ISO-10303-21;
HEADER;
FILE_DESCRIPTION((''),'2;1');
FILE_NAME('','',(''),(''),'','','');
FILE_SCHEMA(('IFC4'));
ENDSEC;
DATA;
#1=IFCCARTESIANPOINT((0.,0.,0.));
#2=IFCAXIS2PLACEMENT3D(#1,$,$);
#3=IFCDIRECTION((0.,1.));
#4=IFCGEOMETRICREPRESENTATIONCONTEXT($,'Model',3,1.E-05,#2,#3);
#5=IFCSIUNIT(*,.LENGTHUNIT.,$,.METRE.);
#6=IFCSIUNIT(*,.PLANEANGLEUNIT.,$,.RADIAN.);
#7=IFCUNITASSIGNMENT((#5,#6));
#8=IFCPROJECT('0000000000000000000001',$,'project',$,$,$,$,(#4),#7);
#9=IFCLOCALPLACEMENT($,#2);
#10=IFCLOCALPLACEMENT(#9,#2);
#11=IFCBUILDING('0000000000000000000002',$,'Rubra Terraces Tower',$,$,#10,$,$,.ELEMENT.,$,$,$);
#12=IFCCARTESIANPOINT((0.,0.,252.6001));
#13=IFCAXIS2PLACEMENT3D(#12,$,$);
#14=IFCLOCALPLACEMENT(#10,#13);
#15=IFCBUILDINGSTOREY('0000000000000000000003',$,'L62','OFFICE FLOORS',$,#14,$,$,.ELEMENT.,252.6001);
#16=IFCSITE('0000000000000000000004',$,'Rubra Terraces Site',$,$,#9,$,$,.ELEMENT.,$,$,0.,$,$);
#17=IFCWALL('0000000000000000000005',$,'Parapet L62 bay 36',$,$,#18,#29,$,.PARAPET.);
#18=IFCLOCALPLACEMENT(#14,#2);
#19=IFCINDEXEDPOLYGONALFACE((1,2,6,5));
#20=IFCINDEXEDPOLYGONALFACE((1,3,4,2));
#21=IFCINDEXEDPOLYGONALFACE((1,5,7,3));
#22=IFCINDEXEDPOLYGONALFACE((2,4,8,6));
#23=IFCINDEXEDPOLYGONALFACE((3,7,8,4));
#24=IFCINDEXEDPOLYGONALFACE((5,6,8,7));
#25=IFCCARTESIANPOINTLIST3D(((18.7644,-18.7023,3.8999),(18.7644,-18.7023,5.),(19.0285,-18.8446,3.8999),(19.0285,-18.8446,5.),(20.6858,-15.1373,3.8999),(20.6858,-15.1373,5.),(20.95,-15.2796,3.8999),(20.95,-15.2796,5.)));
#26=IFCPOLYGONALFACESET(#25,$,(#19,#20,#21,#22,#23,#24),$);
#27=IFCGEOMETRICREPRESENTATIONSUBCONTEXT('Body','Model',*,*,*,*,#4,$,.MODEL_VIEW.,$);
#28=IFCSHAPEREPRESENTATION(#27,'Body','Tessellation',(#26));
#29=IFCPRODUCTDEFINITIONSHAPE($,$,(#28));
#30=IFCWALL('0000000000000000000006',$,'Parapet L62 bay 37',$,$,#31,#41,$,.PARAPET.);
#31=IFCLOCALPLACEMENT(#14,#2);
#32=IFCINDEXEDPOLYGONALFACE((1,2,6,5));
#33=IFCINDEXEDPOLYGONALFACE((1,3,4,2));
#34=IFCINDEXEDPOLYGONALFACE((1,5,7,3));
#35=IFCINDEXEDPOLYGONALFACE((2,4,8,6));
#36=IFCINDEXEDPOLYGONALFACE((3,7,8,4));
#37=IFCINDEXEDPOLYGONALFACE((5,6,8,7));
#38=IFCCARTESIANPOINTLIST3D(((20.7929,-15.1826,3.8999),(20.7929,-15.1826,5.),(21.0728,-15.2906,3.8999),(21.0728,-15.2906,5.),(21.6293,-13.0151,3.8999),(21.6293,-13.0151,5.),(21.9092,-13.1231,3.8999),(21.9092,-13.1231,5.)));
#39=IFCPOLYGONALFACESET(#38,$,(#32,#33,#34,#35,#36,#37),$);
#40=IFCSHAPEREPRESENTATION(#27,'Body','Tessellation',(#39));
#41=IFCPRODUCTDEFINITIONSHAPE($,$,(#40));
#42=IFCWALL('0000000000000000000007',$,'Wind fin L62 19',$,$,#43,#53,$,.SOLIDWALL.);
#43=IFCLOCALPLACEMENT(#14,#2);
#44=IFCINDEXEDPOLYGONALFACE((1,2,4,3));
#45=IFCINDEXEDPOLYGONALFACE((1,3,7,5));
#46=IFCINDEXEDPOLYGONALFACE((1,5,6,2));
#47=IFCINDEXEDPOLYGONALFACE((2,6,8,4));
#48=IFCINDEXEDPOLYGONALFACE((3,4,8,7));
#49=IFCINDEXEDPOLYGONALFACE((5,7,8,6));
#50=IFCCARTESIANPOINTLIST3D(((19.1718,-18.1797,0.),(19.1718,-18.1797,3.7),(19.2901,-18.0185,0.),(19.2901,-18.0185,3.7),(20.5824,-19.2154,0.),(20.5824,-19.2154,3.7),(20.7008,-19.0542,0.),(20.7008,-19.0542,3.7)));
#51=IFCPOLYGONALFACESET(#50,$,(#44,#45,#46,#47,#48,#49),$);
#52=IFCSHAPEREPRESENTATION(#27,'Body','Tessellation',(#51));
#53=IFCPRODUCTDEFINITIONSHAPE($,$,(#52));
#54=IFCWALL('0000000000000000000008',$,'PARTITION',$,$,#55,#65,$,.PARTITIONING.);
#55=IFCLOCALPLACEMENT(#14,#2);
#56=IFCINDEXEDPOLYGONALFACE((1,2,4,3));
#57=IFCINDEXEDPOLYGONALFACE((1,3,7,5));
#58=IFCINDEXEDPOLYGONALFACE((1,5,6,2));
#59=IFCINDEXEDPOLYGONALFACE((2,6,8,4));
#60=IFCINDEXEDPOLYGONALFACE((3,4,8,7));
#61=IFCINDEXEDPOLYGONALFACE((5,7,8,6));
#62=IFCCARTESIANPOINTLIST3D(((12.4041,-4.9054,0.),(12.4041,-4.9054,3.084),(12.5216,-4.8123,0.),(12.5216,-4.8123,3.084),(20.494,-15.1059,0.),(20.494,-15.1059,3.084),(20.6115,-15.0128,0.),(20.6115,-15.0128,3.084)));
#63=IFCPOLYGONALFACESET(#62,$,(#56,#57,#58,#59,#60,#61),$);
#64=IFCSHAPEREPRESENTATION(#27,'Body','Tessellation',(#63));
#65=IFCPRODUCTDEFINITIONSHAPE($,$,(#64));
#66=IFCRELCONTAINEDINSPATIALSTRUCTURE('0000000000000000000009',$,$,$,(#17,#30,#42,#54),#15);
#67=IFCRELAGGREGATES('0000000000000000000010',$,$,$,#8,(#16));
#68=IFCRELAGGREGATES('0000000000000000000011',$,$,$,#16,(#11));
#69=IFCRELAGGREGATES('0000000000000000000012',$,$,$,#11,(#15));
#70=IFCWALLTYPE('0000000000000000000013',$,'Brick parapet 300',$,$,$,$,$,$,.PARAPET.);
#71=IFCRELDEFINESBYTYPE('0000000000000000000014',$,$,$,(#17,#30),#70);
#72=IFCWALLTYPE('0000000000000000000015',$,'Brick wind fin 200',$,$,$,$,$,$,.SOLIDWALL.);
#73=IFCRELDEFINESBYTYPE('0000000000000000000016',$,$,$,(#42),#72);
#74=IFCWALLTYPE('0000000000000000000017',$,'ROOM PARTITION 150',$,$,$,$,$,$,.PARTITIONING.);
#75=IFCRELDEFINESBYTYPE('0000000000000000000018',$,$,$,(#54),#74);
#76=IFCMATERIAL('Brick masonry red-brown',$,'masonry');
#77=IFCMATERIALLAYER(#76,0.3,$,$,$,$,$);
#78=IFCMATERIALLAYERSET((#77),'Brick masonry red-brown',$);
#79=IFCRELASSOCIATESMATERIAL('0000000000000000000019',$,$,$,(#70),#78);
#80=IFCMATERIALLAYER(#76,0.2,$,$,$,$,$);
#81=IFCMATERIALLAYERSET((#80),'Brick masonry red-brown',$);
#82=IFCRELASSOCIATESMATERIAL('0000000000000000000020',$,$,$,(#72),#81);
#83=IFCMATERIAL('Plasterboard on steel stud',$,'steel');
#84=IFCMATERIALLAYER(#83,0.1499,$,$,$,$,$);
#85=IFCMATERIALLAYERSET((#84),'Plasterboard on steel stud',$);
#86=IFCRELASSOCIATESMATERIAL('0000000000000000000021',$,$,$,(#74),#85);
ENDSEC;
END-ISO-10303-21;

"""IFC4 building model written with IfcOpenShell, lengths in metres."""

from ifc_helpers import new_model, si_unit, direction, frame, frame_2d, origin, place, context, subcontext, project, spatial, rectangle, extrude, material, layer, layer_set, type_object, element, save


model = new_model("IFC4")

# Units and contexts
model_context = context("Model", 3, precision=1e-05, world=origin(), true_north=direction((0.0, 1.0)))
body_context = subcontext(model_context, "Body", "Model", "MODEL_VIEW")
ifc_project = project(units=[si_unit("LENGTHUNIT", "METRE"), si_unit("PLANEANGLEUNIT", "RADIAN")], contexts=[model_context])

# Site, building, storey
site_placement = place(None, origin())
site = spatial("IfcSite", under=ifc_project, at=site_placement, Name="Rubra Terraces Site", CompositionType="ELEMENT", RefElevation=0.0)
building_placement = place(site_placement, origin())
building = spatial("IfcBuilding", under=site, at=building_placement, Name="Rubra Terraces Tower", CompositionType="ELEMENT")
storey_placement = place(building_placement, frame((0.0, 0.0, 252.6001)))
storey = spatial("IfcBuildingStorey", under=building, at=storey_placement, Name="L62", Description="OFFICE FLOORS", CompositionType="ELEMENT", Elevation=252.6001)

# Shared definitions
ifc_material_1 = material(Name="Brick masonry red-brown", Category="masonry")

# Walls
ifc_layer_1 = layer(ifc_material_1, 0.3)
ifc_layer_set_1 = layer_set([ifc_layer_1], Name="Brick masonry red-brown")
wall_type_1 = type_object("IfcWallType", Name="Brick parapet 300", PredefinedType="PARAPET", material=ifc_layer_set_1)
wall_1_placement = place(storey_placement, frame((18.8965, -18.7734, 3.8999), z_axis=(0.0, 0.0, 1.0), x_axis=(0.474445, 0.880285, 0.0)))
element("IfcWall", 1, at=wall_1_placement, inside=storey, type_object=wall_type_1, Name="Parapet L62 bay 36", PredefinedType="PARAPET", context=body_context, shape_type="SweptSolid", body=[
    extrude(rectangle(XDim=4.0498, YDim=0.3, at=frame_2d((2.0249, 0.0))), origin(), (0.0, 0.0, 1.0), 1.1001),
])
wall_2_placement = place(storey_placement, frame((20.9329, -15.2366, 3.8999), z_axis=(0.0, 0.0, 1.0), x_axis=(0.360021, 0.932944, 0.0)))
element("IfcWall", 2, at=wall_2_placement, inside=storey, type_object=wall_type_1, Name="Parapet L62 bay 37", PredefinedType="PARAPET", context=body_context, shape_type="SweptSolid", body=[
    extrude(rectangle(XDim=2.3232, YDim=0.3, at=frame_2d((1.1616, 0.0))), origin(), (0.0, 0.0, 1.0), 1.1001),
])
ifc_layer_2 = layer(ifc_material_1, 0.2)
ifc_layer_set_2 = layer_set([ifc_layer_2], Name="Brick masonry red-brown")
wall_type_2 = type_object("IfcWallType", Name="Brick wind fin 200", PredefinedType="SOLIDWALL", material=ifc_layer_set_2)
wall_3_placement = place(storey_placement, frame((19.231, -18.0991, 0.0), z_axis=(0.0, 0.0, 1.0), x_axis=(0.806086, -0.591799, 0.0)))
element("IfcWall", 3, at=wall_3_placement, inside=storey, type_object=wall_type_2, Name="Wind fin L62 19", PredefinedType="SOLIDWALL", context=body_context, shape_type="SweptSolid", body=[
    extrude(rectangle(XDim=1.75, YDim=0.2, at=frame_2d((0.875, 0.0))), origin(), (0.0, 0.0, 1.0), 3.7),
])
ifc_material_2 = material(Name="Plasterboard on steel stud", Category="steel")
ifc_layer_3 = layer(ifc_material_2, 0.1499)
ifc_layer_set_3 = layer_set([ifc_layer_3], Name="Plasterboard on steel stud")
wall_type_3 = type_object("IfcWallType", Name="ROOM PARTITION 150", PredefinedType="PARTITIONING", material=ifc_layer_set_3)
wall_4_placement = place(storey_placement, frame((20.5527, -15.0593, 0.0), z_axis=(0.0, 0.0, 1.0), x_axis=(-0.621387, 0.783504, 0.0)))
element("IfcWall", 4, at=wall_4_placement, inside=storey, type_object=wall_type_3, Name="PARTITION", PredefinedType="PARTITIONING", context=body_context, shape_type="SweptSolid", body=[
    extrude(rectangle(XDim=13.019, YDim=0.1499, at=frame_2d((6.5095, 0.0))), origin(), (0.0, 0.0, 1.0), 3.084),
])

save(model, "model.ifc")
